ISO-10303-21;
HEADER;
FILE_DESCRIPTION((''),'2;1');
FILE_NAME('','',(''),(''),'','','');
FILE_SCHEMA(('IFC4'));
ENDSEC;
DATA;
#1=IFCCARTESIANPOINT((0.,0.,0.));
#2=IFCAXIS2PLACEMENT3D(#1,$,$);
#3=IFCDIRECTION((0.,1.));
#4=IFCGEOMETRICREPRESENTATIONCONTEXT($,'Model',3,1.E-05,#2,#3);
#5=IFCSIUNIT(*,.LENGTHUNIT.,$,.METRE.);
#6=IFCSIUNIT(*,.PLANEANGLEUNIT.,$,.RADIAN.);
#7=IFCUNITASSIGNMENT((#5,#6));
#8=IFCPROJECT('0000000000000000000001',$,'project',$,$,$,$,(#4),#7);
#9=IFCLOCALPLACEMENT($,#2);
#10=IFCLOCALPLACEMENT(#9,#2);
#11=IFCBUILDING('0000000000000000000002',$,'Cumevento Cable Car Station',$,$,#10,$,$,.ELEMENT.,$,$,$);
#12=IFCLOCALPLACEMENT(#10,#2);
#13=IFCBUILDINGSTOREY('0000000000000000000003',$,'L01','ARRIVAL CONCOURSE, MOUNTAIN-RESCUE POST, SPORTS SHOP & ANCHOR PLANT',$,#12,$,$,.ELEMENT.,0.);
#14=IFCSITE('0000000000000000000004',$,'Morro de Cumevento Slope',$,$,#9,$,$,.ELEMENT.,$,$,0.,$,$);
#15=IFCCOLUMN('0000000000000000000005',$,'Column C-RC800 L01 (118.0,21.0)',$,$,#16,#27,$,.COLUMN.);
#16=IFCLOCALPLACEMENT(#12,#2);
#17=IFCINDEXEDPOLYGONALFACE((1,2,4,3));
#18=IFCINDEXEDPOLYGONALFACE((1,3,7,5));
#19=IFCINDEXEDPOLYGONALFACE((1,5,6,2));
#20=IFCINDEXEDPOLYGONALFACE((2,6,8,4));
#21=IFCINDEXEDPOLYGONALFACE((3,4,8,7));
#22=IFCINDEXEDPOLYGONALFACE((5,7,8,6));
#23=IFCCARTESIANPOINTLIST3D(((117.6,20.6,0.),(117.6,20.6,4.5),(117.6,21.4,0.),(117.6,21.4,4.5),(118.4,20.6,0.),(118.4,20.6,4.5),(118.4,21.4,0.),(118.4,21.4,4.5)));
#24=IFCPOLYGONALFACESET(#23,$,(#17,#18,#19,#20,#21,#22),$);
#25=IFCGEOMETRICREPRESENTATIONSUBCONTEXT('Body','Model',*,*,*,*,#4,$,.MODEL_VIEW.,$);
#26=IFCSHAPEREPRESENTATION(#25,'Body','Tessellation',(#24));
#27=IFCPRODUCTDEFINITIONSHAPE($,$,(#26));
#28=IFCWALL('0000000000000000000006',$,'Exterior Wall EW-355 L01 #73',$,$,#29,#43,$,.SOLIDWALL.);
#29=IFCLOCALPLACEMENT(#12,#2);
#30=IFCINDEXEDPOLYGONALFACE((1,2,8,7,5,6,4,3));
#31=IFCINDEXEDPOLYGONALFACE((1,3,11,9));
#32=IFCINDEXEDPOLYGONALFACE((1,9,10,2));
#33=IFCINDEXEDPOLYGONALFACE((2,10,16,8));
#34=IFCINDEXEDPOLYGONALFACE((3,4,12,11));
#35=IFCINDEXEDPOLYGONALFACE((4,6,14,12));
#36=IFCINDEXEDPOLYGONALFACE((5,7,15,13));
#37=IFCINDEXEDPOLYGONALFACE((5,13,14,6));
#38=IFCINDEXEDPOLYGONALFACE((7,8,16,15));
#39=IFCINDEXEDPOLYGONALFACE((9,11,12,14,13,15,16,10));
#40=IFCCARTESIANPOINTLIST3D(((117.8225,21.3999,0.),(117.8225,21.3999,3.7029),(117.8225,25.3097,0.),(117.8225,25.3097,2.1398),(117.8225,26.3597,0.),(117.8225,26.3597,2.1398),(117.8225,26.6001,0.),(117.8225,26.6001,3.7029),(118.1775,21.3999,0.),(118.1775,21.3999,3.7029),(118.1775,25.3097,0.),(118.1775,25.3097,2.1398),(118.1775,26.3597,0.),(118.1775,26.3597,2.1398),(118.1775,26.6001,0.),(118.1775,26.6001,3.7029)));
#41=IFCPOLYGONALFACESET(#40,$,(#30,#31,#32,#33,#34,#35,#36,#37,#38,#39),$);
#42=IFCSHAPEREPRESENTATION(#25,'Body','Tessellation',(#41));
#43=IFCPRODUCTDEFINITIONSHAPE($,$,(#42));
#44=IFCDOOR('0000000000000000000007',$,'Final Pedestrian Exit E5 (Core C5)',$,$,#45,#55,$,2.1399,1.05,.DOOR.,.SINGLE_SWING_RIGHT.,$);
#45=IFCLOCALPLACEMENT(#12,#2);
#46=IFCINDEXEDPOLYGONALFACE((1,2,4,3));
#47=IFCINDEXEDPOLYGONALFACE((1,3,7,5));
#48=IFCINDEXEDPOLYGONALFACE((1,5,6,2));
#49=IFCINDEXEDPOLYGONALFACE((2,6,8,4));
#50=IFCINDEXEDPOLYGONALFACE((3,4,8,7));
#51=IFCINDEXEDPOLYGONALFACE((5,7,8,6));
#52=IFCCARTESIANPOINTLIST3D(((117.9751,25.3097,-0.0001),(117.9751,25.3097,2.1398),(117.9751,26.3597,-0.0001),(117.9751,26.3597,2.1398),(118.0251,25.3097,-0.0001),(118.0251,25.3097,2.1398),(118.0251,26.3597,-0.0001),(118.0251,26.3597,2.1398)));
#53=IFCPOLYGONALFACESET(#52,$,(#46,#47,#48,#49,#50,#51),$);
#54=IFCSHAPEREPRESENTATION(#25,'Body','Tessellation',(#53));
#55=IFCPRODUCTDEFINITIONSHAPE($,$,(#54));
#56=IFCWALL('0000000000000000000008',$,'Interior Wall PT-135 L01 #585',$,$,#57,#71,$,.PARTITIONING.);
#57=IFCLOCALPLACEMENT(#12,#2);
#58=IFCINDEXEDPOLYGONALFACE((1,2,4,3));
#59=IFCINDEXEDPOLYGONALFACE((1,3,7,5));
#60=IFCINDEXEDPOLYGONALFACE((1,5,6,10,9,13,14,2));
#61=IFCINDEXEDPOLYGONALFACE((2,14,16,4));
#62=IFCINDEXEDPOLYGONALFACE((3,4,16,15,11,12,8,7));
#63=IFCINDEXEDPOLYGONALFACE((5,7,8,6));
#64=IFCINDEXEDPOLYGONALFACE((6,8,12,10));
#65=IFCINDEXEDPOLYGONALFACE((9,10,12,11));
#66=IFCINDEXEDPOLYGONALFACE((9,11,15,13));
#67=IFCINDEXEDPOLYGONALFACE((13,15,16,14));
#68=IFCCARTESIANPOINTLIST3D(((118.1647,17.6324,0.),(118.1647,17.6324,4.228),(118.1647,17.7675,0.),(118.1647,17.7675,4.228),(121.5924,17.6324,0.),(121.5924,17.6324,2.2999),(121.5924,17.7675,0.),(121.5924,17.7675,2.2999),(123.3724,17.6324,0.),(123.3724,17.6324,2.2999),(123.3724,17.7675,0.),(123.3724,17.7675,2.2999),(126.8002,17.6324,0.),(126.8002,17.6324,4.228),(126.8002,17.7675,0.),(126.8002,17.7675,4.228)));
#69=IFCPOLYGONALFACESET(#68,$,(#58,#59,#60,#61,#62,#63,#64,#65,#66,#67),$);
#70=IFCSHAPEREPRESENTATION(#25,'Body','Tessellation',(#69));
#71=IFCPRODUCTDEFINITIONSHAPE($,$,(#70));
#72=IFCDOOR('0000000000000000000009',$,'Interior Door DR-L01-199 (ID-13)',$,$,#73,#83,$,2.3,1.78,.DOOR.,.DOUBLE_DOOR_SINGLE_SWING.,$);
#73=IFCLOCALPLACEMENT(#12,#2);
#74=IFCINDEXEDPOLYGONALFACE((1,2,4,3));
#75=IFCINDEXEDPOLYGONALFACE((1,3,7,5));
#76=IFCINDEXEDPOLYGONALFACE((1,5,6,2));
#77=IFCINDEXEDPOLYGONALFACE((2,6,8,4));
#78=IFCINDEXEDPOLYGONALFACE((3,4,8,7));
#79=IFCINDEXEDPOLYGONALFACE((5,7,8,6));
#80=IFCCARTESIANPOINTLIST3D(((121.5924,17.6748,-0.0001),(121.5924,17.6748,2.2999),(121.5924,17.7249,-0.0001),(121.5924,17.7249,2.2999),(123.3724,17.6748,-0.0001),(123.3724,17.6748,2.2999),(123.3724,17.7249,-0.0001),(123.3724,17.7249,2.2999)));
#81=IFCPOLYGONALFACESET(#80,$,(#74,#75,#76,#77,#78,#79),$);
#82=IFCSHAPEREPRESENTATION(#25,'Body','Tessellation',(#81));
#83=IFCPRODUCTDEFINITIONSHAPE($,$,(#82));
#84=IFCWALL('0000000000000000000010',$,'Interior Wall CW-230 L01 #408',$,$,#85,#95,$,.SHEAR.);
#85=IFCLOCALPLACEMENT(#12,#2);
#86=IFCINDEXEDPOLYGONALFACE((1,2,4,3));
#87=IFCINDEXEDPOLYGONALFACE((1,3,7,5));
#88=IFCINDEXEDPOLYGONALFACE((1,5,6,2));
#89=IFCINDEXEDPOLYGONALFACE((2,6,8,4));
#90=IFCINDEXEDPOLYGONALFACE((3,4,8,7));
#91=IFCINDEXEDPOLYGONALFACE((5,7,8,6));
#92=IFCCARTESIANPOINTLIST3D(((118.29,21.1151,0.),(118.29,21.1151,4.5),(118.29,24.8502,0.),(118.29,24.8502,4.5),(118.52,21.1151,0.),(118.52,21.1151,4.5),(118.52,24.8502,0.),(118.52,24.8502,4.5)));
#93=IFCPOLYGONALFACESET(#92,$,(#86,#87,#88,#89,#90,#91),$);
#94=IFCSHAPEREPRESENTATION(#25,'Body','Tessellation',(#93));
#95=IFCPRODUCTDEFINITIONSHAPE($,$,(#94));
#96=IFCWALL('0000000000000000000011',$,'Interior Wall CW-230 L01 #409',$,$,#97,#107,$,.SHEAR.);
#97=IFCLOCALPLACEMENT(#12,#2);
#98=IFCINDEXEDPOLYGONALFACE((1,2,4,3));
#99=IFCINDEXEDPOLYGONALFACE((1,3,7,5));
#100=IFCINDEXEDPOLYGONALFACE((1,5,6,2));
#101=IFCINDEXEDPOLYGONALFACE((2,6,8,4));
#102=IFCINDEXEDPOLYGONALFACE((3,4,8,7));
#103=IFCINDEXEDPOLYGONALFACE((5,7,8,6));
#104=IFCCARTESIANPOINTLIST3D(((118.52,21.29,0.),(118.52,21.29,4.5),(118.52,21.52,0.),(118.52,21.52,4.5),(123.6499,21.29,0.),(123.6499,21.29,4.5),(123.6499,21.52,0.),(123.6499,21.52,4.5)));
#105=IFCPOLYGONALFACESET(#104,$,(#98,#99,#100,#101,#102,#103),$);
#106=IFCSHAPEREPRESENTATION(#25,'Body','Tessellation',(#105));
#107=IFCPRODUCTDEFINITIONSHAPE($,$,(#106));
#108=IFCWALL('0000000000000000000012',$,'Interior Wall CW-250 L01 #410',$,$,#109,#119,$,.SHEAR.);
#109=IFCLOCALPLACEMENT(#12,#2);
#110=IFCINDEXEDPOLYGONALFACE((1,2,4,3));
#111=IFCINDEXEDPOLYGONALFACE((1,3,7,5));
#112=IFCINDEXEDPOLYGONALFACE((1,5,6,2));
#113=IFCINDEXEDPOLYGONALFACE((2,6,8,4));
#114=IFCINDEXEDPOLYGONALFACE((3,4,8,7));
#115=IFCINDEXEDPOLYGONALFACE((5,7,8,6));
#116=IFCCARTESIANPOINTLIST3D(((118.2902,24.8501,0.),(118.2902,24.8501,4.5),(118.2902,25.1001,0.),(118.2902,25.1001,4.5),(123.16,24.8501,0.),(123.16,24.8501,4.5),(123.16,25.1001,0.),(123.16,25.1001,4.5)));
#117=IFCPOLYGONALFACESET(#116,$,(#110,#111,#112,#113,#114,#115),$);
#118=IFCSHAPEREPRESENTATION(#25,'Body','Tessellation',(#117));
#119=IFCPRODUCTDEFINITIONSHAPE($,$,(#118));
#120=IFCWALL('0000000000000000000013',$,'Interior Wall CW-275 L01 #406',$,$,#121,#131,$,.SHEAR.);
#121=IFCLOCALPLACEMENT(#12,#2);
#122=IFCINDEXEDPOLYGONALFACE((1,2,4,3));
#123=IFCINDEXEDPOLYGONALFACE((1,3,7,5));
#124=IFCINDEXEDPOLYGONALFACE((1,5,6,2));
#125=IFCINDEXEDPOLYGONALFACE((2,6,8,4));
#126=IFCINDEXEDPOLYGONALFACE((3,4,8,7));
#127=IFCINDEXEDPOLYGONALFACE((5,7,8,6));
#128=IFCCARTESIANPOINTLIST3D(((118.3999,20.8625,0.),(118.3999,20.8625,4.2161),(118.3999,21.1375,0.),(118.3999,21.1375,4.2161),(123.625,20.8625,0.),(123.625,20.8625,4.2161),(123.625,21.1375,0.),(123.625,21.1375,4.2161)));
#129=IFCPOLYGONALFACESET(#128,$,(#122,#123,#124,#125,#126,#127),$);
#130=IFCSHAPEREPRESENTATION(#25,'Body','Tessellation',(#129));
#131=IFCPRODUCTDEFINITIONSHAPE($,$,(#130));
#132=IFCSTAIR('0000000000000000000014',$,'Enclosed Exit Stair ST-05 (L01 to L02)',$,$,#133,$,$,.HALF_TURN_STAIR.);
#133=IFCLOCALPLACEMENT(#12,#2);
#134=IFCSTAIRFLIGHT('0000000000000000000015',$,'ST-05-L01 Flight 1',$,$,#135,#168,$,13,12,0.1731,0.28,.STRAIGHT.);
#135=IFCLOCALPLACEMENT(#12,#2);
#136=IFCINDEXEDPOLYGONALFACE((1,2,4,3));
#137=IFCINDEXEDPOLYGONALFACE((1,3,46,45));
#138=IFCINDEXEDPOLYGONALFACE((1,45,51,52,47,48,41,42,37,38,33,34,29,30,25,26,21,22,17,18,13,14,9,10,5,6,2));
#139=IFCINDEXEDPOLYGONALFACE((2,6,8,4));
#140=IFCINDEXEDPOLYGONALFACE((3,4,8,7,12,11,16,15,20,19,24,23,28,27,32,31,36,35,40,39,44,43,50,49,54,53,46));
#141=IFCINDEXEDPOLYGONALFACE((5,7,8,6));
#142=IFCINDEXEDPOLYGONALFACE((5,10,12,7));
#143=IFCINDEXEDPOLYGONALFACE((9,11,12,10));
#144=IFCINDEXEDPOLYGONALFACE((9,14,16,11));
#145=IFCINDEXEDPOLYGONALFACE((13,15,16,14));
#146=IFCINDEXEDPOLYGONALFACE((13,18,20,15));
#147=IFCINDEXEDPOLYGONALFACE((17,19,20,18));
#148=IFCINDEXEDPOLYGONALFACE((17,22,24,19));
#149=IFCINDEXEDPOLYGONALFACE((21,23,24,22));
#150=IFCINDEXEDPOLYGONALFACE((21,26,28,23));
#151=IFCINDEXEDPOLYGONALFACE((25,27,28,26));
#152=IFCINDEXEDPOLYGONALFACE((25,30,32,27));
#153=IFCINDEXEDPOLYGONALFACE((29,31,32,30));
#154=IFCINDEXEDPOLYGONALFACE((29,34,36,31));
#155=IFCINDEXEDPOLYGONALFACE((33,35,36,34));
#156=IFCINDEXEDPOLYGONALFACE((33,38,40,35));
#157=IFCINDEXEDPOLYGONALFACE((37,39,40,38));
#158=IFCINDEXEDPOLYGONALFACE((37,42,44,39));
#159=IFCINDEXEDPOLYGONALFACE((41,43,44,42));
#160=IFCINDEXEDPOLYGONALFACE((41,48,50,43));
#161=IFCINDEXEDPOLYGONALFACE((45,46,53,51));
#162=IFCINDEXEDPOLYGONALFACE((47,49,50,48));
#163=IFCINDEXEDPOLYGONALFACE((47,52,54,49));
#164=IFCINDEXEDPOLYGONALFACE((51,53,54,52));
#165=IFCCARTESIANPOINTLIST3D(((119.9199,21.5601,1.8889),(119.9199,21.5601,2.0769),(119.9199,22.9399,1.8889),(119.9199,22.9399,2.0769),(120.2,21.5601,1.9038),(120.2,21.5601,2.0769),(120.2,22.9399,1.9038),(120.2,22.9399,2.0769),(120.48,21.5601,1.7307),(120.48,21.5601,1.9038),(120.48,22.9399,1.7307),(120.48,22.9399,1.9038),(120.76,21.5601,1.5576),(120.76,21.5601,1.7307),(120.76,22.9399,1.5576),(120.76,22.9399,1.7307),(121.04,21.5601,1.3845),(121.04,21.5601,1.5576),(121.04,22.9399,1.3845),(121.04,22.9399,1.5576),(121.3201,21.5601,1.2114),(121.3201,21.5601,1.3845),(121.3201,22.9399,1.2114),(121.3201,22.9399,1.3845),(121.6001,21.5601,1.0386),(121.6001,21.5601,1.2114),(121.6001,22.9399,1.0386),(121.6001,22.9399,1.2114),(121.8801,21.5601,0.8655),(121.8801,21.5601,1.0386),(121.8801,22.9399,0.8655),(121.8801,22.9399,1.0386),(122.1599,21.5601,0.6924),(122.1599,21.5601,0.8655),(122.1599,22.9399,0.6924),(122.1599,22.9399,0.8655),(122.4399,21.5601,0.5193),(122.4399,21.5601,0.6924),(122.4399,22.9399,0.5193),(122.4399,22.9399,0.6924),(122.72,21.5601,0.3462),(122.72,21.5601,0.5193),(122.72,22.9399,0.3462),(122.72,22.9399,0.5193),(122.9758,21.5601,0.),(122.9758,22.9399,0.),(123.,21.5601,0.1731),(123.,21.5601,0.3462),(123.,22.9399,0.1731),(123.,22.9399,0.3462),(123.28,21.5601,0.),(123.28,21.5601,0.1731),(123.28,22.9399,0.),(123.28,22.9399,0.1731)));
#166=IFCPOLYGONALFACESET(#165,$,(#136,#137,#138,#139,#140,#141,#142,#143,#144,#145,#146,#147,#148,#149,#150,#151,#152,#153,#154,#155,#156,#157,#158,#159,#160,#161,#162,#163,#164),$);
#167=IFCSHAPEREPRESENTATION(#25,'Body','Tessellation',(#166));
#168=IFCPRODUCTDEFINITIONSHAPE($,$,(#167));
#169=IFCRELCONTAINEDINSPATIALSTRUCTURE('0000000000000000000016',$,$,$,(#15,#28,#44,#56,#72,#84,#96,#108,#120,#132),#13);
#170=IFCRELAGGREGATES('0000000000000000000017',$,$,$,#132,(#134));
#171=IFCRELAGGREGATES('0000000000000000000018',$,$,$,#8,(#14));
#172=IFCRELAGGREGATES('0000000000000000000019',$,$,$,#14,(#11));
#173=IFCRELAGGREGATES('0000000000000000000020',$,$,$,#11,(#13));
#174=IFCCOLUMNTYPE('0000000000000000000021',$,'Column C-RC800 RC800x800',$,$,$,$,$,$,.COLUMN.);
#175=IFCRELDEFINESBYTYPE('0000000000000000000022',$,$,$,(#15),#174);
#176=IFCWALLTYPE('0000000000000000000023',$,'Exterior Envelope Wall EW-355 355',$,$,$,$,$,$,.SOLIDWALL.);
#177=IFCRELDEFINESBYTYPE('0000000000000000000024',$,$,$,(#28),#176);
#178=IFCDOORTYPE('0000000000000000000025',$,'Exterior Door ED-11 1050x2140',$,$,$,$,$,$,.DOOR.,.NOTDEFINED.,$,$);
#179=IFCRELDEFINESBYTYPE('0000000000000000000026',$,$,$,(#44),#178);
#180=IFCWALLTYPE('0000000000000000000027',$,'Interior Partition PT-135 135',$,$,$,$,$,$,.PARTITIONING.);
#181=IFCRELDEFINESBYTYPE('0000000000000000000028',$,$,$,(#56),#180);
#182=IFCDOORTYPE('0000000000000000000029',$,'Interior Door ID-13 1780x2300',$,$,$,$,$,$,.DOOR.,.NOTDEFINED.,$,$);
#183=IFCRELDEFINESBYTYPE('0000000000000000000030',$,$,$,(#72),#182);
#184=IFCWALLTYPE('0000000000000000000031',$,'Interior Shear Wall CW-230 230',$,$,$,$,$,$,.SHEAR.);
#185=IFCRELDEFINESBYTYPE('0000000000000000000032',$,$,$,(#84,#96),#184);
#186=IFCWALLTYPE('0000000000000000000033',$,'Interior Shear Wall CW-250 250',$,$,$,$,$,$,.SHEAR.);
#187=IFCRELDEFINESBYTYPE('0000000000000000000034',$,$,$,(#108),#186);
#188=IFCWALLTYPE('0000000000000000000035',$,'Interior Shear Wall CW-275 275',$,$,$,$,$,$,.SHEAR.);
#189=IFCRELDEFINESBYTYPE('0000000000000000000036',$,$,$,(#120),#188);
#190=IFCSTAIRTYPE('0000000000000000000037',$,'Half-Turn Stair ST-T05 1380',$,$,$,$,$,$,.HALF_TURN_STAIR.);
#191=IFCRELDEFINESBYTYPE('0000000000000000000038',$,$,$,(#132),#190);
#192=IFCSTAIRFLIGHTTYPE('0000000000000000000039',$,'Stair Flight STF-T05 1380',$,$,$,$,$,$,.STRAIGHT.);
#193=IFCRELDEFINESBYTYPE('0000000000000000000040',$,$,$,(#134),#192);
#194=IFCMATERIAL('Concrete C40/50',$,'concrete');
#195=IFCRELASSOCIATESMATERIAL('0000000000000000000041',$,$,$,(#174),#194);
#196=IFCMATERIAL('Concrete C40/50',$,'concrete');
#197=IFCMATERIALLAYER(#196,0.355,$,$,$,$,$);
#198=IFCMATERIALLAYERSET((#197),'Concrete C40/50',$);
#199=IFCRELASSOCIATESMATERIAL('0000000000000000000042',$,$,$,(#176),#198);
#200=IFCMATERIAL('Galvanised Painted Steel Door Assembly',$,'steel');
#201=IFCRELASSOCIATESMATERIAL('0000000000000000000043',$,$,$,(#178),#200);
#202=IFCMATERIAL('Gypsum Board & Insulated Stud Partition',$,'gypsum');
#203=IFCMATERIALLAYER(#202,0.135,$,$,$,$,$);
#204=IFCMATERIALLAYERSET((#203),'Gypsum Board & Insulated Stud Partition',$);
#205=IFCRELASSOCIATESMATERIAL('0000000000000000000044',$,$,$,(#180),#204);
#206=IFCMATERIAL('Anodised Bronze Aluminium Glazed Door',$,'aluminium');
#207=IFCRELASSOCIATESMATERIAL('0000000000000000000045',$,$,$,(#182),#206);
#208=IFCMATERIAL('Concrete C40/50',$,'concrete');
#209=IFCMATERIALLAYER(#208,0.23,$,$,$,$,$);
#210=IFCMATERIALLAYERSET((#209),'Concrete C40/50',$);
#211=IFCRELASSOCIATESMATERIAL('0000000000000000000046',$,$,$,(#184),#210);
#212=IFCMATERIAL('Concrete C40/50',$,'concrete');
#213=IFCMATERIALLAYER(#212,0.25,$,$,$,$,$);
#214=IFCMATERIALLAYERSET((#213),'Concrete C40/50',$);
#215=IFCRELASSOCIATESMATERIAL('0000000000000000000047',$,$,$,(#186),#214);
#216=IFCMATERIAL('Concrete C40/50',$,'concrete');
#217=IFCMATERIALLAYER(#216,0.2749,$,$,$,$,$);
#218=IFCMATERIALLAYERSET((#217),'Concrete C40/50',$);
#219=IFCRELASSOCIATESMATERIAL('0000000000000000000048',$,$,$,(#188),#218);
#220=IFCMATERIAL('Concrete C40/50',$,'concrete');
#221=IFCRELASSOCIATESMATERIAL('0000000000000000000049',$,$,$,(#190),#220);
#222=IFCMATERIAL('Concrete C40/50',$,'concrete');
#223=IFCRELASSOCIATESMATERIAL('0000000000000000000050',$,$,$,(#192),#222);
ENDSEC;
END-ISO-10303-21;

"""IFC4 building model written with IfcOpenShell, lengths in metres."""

from ifc_helpers import new_model, si_unit, direction, frame, frame_2d, origin, origin_2d, place, context, subcontext, project, spatial, polyline, rectangle, outline, extrude, material, layer, layer_set, material_profile, profile_set, type_object, element, fill, aggregate, save


model = new_model("IFC4")

# Units and contexts
model_context = context("Model", 3, precision=1e-05, world=origin(), true_north=direction((0.0, 1.0)))
body_context = subcontext(model_context, "Body", "Model", "MODEL_VIEW")
ifc_project = project(units=[si_unit("LENGTHUNIT", "METRE"), si_unit("PLANEANGLEUNIT", "RADIAN")], contexts=[model_context])

# Site, building, storey
site_placement = place(None, origin())
site = spatial("IfcSite", under=ifc_project, at=site_placement, Name="Morro de Cumevento Slope", CompositionType="ELEMENT", RefElevation=0.0)
building_placement = place(site_placement, origin())
building = spatial("IfcBuilding", under=site, at=building_placement, Name="Cumevento Cable Car Station", CompositionType="ELEMENT")
storey_placement = place(building_placement, origin())
storey = spatial("IfcBuildingStorey", under=building, at=storey_placement, Name="L01", Description="ARRIVAL CONCOURSE, MOUNTAIN-RESCUE POST, SPORTS SHOP & ANCHOR PLANT", CompositionType="ELEMENT", Elevation=0.0)

# Column
ifc_material_1 = material(Name="Concrete C40/50", Category="concrete")
ifc_material_profile_1 = material_profile(ifc_material_1, rectangle(XDim=0.8, YDim=0.8, at=origin_2d()), Name="RC800x800")
ifc_profile_set_1 = profile_set([ifc_material_profile_1], Name="Concrete C40/50")
column_type_1 = type_object("IfcColumnType", Name="Column C-RC800 RC800x800", PredefinedType="COLUMN", material=ifc_profile_set_1)
column_1_placement = place(storey_placement, frame((118.0, 21.0, 0.0), z_axis=(0.0, 0.0, 1.0), x_axis=(1.0, 0.0, 0.0)))
element("IfcColumn", 1, at=column_1_placement, inside=storey, type_object=column_type_1, Name="Column C-RC800 L01 (118.0,21.0)", PredefinedType="COLUMN", context=body_context, shape_type="SweptSolid", body=[
    extrude(rectangle(XDim=0.8, YDim=0.8, at=origin_2d()), origin(), (0.0, 0.0, 1.0), 4.5),
])

# Walls, openings, doors
ifc_material_2 = material(Name="Concrete C40/50", Category="concrete")
ifc_layer_1 = layer(ifc_material_2, 0.355)
ifc_layer_set_1 = layer_set([ifc_layer_1], Name="Concrete C40/50")
wall_type_1 = type_object("IfcWallType", Name="Exterior Envelope Wall EW-355 355", PredefinedType="SOLIDWALL", material=ifc_layer_set_1)
wall_1_placement = place(storey_placement, frame((118.0, 21.3999, 0.0), z_axis=(0.0, 0.0, 1.0), x_axis=(0.0, 1.0, 0.0)))
wall_1 = element("IfcWall", 2, at=wall_1_placement, inside=storey, type_object=wall_type_1, Name="Exterior Wall EW-355 L01 #73", PredefinedType="SOLIDWALL", context=body_context, shape_type="SweptSolid", body=[
    extrude(rectangle(XDim=5.2002, YDim=0.355, at=frame_2d((2.6001, 0.0))), origin(), (0.0, 0.0, 1.0), 3.7029),
])
opening_1_placement = place(wall_1_placement, frame((3.9099, 0.0, 0.0)))
opening_1 = element("IfcOpeningElement", 3, at=opening_1_placement, cuts=wall_1, PredefinedType="OPENING", context=body_context, shape_type="SweptSolid", body=[
    extrude(rectangle(XDim=1.05, YDim=2.1399, at=frame_2d((0.5249, 1.0698))), frame((0.0, 0.1875, 0.0), z_axis=(0.0, -1.0, 0.0), x_axis=(1.0, 0.0, 0.0)), (0.0, 0.0, 1.0), 0.375),
])
ifc_material_3 = material(Name="Galvanised Painted Steel Door Assembly", Category="steel")
door_type_1 = type_object("IfcDoorType", Name="Exterior Door ED-11 1050x2140", OperationType="NOTDEFINED", PredefinedType="DOOR", material=ifc_material_3)
door_1_placement = place(opening_1_placement, origin())
door_1 = element("IfcDoor", 4, at=door_1_placement, inside=storey, type_object=door_type_1, Name="Final Pedestrian Exit E5 (Core C5)", OperationType="SINGLE_SWING_RIGHT", OverallHeight=2.1399, OverallWidth=1.05, PredefinedType="DOOR", context=body_context, shape_type="SweptSolid", body=[
    extrude(rectangle(XDim=1.05, YDim=2.1399, at=frame_2d((0.5249, 1.0698))), frame((0.0, 0.0249, 0.0), z_axis=(0.0, -1.0, 0.0), x_axis=(1.0, 0.0, 0.0)), (0.0, 0.0, 1.0), 0.05),
])
fill(opening_1, door_1)
ifc_material_4 = material(Name="Gypsum Board & Insulated Stud Partition", Category="gypsum")
ifc_layer_2 = layer(ifc_material_4, 0.135)
ifc_layer_set_2 = layer_set([ifc_layer_2], Name="Gypsum Board & Insulated Stud Partition")
wall_type_2 = type_object("IfcWallType", Name="Interior Partition PT-135 135", PredefinedType="PARTITIONING", material=ifc_layer_set_2)
wall_2_placement = place(storey_placement, frame((118.1646, 17.7, 0.0), z_axis=(0.0, 0.0, 1.0), x_axis=(1.0, 0.0, 0.0)))
wall_2 = element("IfcWall", 5, at=wall_2_placement, inside=storey, type_object=wall_type_2, Name="Interior Wall PT-135 L01 #585", PredefinedType="PARTITIONING", context=body_context, shape_type="SweptSolid", body=[
    extrude(rectangle(XDim=8.6355, YDim=0.135, at=frame_2d((4.3179, 0.0))), origin(), (0.0, 0.0, 1.0), 4.228),
])
opening_2_placement = place(wall_2_placement, frame((3.4277, 0.0, 0.0)))
opening_2 = element("IfcOpeningElement", 6, at=opening_2_placement, cuts=wall_2, PredefinedType="OPENING", context=body_context, shape_type="SweptSolid", body=[
    extrude(rectangle(XDim=1.78, YDim=2.3, at=frame_2d((0.8901, 1.1499))), frame((0.0, 0.0774, 0.0), z_axis=(0.0, -1.0, 0.0), x_axis=(1.0, 0.0, 0.0)), (0.0, 0.0, 1.0), 0.155),
])
ifc_material_5 = material(Name="Anodised Bronze Aluminium Glazed Door", Category="aluminium")
door_type_2 = type_object("IfcDoorType", Name="Interior Door ID-13 1780x2300", OperationType="NOTDEFINED", PredefinedType="DOOR", material=ifc_material_5)
door_2_placement = place(opening_2_placement, origin())
door_2 = element("IfcDoor", 7, at=door_2_placement, inside=storey, type_object=door_type_2, Name="Interior Door DR-L01-199 (ID-13)", OperationType="DOUBLE_DOOR_SINGLE_SWING", OverallHeight=2.3, OverallWidth=1.78, PredefinedType="DOOR", context=body_context, shape_type="SweptSolid", body=[
    extrude(rectangle(XDim=1.78, YDim=2.3, at=frame_2d((0.8901, 1.1499))), frame((0.0, 0.0249, 0.0), z_axis=(0.0, -1.0, 0.0), x_axis=(1.0, 0.0, 0.0)), (0.0, 0.0, 1.0), 0.05),
])
fill(opening_2, door_2)

# Walls
ifc_material_6 = material(Name="Concrete C40/50", Category="concrete")
ifc_layer_3 = layer(ifc_material_6, 0.23)
ifc_layer_set_3 = layer_set([ifc_layer_3], Name="Concrete C40/50")
wall_type_3 = type_object("IfcWallType", Name="Interior Shear Wall CW-230 230", PredefinedType="SHEAR", material=ifc_layer_set_3)
wall_3_placement = place(storey_placement, frame((118.405, 21.115, 0.0), z_axis=(0.0, 0.0, 1.0), x_axis=(0.0, 1.0, 0.0)))
element("IfcWall", 8, at=wall_3_placement, inside=storey, type_object=wall_type_3, Name="Interior Wall CW-230 L01 #408", PredefinedType="SHEAR", context=body_context, shape_type="SweptSolid", body=[
    extrude(rectangle(XDim=3.7351, YDim=0.23, at=frame_2d((1.8677, 0.0))), origin(), (0.0, 0.0, 1.0), 4.5),
])
wall_4_placement = place(storey_placement, frame((118.52, 21.405, 0.0), z_axis=(0.0, 0.0, 1.0), x_axis=(1.0, 0.0, 0.0)))
element("IfcWall", 9, at=wall_4_placement, inside=storey, type_object=wall_type_3, Name="Interior Wall CW-230 L01 #409", PredefinedType="SHEAR", context=body_context, shape_type="SweptSolid", body=[
    extrude(rectangle(XDim=5.1299, YDim=0.23, at=frame_2d((2.5649, 0.0))), origin(), (0.0, 0.0, 1.0), 4.5),
])
ifc_material_7 = material(Name="Concrete C40/50", Category="concrete")
ifc_layer_4 = layer(ifc_material_7, 0.25)
ifc_layer_set_4 = layer_set([ifc_layer_4], Name="Concrete C40/50")
wall_type_4 = type_object("IfcWallType", Name="Interior Shear Wall CW-250 250", PredefinedType="SHEAR", material=ifc_layer_set_4)
wall_5_placement = place(storey_placement, frame((118.29, 24.9751, 0.0), z_axis=(0.0, 0.0, 1.0), x_axis=(1.0, 0.0, 0.0)))
element("IfcWall", 10, at=wall_5_placement, inside=storey, type_object=wall_type_4, Name="Interior Wall CW-250 L01 #410", PredefinedType="SHEAR", context=body_context, shape_type="SweptSolid", body=[
    extrude(rectangle(XDim=4.8699, YDim=0.25, at=frame_2d((2.4351, 0.0))), origin(), (0.0, 0.0, 1.0), 4.5),
])

# Wall
ifc_material_8 = material(Name="Concrete C40/50", Category="concrete")
ifc_layer_5 = layer(ifc_material_8, 0.2749)
ifc_layer_set_5 = layer_set([ifc_layer_5], Name="Concrete C40/50")
wall_type_5 = type_object("IfcWallType", Name="Interior Shear Wall CW-275 275", PredefinedType="SHEAR", material=ifc_layer_set_5)
wall_6_placement = place(storey_placement, frame((118.3999, 21.0, 0.0), z_axis=(0.0, 0.0, 1.0), x_axis=(1.0, 0.0, 0.0)))
element("IfcWall", 11, at=wall_6_placement, inside=storey, type_object=wall_type_5, Name="Interior Wall CW-275 L01 #406", PredefinedType="SHEAR", context=body_context, shape_type="SweptSolid", body=[
    extrude(rectangle(XDim=5.2251, YDim=0.2749, at=frame_2d((2.6125, 0.0))), origin(), (0.0, 0.0, 1.0), 4.2161),
])

# Stair, stair flight
ifc_material_9 = material(Name="Concrete C40/50", Category="concrete")
stair_type = type_object("IfcStairType", Name="Half-Turn Stair ST-T05 1380", PredefinedType="HALF_TURN_STAIR", material=ifc_material_9)
stair_placement = place(storey_placement, origin())
stair = element("IfcStair", 12, at=stair_placement, inside=storey, type_object=stair_type, Name="Enclosed Exit Stair ST-05 (L01 to L02)", PredefinedType="HALF_TURN_STAIR")
ifc_material_10 = material(Name="Concrete C40/50", Category="concrete")
stair_flight_type = type_object("IfcStairFlightType", Name="Stair Flight STF-T05 1380", PredefinedType="STRAIGHT", material=ifc_material_10)
stair_flight_placement = place(storey_placement, frame((123.28, 22.25, 0.0), z_axis=(0.0, 0.0, 1.0), x_axis=(-1.0, 0.0, 0.0)))
stair_flight = element("IfcStairFlight", 13, at=stair_flight_placement, type_object=stair_flight_type, Name="ST-05-L01 Flight 1", NumberOfRisers=13, NumberOfTreads=12, PredefinedType="STRAIGHT", RiserHeight=0.1731, TreadLength=0.28, context=body_context, shape_type="SweptSolid", body=[
    extrude(outline(polyline([(0.0, 0.0), (0.0, 0.1731), (0.28, 0.1731), (0.28, 0.3462), (0.5601, 0.3462), (0.5601, 0.5193), (0.8401, 0.5193), (0.8401, 0.6924), (1.1201, 0.6924), (1.1201, 0.8655), (1.3999, 0.8655), (1.3999, 1.0386), (1.6799, 1.0386), (1.6799, 1.2114), (1.96, 1.2114), (1.96, 1.3845), (2.24, 1.3845), (2.24, 1.5576), (2.52, 1.5576), (2.52, 1.7307), (2.8, 1.7307), (2.8, 1.9038), (3.0801, 1.9038), (3.0801, 2.0769), (3.3601, 2.0769), (3.3601, 2.25), (3.3601, 1.8889), (0.3042, 0.0), (0.0, 0.0)])), frame((0.0, 0.6899, 0.0), z_axis=(0.0, -1.0, 0.0), x_axis=(1.0, 0.0, 0.0)), (0.0, 0.0, 1.0), 1.3799),
])
aggregate(stair, [stair_flight])

save(model, "model.ifc")
